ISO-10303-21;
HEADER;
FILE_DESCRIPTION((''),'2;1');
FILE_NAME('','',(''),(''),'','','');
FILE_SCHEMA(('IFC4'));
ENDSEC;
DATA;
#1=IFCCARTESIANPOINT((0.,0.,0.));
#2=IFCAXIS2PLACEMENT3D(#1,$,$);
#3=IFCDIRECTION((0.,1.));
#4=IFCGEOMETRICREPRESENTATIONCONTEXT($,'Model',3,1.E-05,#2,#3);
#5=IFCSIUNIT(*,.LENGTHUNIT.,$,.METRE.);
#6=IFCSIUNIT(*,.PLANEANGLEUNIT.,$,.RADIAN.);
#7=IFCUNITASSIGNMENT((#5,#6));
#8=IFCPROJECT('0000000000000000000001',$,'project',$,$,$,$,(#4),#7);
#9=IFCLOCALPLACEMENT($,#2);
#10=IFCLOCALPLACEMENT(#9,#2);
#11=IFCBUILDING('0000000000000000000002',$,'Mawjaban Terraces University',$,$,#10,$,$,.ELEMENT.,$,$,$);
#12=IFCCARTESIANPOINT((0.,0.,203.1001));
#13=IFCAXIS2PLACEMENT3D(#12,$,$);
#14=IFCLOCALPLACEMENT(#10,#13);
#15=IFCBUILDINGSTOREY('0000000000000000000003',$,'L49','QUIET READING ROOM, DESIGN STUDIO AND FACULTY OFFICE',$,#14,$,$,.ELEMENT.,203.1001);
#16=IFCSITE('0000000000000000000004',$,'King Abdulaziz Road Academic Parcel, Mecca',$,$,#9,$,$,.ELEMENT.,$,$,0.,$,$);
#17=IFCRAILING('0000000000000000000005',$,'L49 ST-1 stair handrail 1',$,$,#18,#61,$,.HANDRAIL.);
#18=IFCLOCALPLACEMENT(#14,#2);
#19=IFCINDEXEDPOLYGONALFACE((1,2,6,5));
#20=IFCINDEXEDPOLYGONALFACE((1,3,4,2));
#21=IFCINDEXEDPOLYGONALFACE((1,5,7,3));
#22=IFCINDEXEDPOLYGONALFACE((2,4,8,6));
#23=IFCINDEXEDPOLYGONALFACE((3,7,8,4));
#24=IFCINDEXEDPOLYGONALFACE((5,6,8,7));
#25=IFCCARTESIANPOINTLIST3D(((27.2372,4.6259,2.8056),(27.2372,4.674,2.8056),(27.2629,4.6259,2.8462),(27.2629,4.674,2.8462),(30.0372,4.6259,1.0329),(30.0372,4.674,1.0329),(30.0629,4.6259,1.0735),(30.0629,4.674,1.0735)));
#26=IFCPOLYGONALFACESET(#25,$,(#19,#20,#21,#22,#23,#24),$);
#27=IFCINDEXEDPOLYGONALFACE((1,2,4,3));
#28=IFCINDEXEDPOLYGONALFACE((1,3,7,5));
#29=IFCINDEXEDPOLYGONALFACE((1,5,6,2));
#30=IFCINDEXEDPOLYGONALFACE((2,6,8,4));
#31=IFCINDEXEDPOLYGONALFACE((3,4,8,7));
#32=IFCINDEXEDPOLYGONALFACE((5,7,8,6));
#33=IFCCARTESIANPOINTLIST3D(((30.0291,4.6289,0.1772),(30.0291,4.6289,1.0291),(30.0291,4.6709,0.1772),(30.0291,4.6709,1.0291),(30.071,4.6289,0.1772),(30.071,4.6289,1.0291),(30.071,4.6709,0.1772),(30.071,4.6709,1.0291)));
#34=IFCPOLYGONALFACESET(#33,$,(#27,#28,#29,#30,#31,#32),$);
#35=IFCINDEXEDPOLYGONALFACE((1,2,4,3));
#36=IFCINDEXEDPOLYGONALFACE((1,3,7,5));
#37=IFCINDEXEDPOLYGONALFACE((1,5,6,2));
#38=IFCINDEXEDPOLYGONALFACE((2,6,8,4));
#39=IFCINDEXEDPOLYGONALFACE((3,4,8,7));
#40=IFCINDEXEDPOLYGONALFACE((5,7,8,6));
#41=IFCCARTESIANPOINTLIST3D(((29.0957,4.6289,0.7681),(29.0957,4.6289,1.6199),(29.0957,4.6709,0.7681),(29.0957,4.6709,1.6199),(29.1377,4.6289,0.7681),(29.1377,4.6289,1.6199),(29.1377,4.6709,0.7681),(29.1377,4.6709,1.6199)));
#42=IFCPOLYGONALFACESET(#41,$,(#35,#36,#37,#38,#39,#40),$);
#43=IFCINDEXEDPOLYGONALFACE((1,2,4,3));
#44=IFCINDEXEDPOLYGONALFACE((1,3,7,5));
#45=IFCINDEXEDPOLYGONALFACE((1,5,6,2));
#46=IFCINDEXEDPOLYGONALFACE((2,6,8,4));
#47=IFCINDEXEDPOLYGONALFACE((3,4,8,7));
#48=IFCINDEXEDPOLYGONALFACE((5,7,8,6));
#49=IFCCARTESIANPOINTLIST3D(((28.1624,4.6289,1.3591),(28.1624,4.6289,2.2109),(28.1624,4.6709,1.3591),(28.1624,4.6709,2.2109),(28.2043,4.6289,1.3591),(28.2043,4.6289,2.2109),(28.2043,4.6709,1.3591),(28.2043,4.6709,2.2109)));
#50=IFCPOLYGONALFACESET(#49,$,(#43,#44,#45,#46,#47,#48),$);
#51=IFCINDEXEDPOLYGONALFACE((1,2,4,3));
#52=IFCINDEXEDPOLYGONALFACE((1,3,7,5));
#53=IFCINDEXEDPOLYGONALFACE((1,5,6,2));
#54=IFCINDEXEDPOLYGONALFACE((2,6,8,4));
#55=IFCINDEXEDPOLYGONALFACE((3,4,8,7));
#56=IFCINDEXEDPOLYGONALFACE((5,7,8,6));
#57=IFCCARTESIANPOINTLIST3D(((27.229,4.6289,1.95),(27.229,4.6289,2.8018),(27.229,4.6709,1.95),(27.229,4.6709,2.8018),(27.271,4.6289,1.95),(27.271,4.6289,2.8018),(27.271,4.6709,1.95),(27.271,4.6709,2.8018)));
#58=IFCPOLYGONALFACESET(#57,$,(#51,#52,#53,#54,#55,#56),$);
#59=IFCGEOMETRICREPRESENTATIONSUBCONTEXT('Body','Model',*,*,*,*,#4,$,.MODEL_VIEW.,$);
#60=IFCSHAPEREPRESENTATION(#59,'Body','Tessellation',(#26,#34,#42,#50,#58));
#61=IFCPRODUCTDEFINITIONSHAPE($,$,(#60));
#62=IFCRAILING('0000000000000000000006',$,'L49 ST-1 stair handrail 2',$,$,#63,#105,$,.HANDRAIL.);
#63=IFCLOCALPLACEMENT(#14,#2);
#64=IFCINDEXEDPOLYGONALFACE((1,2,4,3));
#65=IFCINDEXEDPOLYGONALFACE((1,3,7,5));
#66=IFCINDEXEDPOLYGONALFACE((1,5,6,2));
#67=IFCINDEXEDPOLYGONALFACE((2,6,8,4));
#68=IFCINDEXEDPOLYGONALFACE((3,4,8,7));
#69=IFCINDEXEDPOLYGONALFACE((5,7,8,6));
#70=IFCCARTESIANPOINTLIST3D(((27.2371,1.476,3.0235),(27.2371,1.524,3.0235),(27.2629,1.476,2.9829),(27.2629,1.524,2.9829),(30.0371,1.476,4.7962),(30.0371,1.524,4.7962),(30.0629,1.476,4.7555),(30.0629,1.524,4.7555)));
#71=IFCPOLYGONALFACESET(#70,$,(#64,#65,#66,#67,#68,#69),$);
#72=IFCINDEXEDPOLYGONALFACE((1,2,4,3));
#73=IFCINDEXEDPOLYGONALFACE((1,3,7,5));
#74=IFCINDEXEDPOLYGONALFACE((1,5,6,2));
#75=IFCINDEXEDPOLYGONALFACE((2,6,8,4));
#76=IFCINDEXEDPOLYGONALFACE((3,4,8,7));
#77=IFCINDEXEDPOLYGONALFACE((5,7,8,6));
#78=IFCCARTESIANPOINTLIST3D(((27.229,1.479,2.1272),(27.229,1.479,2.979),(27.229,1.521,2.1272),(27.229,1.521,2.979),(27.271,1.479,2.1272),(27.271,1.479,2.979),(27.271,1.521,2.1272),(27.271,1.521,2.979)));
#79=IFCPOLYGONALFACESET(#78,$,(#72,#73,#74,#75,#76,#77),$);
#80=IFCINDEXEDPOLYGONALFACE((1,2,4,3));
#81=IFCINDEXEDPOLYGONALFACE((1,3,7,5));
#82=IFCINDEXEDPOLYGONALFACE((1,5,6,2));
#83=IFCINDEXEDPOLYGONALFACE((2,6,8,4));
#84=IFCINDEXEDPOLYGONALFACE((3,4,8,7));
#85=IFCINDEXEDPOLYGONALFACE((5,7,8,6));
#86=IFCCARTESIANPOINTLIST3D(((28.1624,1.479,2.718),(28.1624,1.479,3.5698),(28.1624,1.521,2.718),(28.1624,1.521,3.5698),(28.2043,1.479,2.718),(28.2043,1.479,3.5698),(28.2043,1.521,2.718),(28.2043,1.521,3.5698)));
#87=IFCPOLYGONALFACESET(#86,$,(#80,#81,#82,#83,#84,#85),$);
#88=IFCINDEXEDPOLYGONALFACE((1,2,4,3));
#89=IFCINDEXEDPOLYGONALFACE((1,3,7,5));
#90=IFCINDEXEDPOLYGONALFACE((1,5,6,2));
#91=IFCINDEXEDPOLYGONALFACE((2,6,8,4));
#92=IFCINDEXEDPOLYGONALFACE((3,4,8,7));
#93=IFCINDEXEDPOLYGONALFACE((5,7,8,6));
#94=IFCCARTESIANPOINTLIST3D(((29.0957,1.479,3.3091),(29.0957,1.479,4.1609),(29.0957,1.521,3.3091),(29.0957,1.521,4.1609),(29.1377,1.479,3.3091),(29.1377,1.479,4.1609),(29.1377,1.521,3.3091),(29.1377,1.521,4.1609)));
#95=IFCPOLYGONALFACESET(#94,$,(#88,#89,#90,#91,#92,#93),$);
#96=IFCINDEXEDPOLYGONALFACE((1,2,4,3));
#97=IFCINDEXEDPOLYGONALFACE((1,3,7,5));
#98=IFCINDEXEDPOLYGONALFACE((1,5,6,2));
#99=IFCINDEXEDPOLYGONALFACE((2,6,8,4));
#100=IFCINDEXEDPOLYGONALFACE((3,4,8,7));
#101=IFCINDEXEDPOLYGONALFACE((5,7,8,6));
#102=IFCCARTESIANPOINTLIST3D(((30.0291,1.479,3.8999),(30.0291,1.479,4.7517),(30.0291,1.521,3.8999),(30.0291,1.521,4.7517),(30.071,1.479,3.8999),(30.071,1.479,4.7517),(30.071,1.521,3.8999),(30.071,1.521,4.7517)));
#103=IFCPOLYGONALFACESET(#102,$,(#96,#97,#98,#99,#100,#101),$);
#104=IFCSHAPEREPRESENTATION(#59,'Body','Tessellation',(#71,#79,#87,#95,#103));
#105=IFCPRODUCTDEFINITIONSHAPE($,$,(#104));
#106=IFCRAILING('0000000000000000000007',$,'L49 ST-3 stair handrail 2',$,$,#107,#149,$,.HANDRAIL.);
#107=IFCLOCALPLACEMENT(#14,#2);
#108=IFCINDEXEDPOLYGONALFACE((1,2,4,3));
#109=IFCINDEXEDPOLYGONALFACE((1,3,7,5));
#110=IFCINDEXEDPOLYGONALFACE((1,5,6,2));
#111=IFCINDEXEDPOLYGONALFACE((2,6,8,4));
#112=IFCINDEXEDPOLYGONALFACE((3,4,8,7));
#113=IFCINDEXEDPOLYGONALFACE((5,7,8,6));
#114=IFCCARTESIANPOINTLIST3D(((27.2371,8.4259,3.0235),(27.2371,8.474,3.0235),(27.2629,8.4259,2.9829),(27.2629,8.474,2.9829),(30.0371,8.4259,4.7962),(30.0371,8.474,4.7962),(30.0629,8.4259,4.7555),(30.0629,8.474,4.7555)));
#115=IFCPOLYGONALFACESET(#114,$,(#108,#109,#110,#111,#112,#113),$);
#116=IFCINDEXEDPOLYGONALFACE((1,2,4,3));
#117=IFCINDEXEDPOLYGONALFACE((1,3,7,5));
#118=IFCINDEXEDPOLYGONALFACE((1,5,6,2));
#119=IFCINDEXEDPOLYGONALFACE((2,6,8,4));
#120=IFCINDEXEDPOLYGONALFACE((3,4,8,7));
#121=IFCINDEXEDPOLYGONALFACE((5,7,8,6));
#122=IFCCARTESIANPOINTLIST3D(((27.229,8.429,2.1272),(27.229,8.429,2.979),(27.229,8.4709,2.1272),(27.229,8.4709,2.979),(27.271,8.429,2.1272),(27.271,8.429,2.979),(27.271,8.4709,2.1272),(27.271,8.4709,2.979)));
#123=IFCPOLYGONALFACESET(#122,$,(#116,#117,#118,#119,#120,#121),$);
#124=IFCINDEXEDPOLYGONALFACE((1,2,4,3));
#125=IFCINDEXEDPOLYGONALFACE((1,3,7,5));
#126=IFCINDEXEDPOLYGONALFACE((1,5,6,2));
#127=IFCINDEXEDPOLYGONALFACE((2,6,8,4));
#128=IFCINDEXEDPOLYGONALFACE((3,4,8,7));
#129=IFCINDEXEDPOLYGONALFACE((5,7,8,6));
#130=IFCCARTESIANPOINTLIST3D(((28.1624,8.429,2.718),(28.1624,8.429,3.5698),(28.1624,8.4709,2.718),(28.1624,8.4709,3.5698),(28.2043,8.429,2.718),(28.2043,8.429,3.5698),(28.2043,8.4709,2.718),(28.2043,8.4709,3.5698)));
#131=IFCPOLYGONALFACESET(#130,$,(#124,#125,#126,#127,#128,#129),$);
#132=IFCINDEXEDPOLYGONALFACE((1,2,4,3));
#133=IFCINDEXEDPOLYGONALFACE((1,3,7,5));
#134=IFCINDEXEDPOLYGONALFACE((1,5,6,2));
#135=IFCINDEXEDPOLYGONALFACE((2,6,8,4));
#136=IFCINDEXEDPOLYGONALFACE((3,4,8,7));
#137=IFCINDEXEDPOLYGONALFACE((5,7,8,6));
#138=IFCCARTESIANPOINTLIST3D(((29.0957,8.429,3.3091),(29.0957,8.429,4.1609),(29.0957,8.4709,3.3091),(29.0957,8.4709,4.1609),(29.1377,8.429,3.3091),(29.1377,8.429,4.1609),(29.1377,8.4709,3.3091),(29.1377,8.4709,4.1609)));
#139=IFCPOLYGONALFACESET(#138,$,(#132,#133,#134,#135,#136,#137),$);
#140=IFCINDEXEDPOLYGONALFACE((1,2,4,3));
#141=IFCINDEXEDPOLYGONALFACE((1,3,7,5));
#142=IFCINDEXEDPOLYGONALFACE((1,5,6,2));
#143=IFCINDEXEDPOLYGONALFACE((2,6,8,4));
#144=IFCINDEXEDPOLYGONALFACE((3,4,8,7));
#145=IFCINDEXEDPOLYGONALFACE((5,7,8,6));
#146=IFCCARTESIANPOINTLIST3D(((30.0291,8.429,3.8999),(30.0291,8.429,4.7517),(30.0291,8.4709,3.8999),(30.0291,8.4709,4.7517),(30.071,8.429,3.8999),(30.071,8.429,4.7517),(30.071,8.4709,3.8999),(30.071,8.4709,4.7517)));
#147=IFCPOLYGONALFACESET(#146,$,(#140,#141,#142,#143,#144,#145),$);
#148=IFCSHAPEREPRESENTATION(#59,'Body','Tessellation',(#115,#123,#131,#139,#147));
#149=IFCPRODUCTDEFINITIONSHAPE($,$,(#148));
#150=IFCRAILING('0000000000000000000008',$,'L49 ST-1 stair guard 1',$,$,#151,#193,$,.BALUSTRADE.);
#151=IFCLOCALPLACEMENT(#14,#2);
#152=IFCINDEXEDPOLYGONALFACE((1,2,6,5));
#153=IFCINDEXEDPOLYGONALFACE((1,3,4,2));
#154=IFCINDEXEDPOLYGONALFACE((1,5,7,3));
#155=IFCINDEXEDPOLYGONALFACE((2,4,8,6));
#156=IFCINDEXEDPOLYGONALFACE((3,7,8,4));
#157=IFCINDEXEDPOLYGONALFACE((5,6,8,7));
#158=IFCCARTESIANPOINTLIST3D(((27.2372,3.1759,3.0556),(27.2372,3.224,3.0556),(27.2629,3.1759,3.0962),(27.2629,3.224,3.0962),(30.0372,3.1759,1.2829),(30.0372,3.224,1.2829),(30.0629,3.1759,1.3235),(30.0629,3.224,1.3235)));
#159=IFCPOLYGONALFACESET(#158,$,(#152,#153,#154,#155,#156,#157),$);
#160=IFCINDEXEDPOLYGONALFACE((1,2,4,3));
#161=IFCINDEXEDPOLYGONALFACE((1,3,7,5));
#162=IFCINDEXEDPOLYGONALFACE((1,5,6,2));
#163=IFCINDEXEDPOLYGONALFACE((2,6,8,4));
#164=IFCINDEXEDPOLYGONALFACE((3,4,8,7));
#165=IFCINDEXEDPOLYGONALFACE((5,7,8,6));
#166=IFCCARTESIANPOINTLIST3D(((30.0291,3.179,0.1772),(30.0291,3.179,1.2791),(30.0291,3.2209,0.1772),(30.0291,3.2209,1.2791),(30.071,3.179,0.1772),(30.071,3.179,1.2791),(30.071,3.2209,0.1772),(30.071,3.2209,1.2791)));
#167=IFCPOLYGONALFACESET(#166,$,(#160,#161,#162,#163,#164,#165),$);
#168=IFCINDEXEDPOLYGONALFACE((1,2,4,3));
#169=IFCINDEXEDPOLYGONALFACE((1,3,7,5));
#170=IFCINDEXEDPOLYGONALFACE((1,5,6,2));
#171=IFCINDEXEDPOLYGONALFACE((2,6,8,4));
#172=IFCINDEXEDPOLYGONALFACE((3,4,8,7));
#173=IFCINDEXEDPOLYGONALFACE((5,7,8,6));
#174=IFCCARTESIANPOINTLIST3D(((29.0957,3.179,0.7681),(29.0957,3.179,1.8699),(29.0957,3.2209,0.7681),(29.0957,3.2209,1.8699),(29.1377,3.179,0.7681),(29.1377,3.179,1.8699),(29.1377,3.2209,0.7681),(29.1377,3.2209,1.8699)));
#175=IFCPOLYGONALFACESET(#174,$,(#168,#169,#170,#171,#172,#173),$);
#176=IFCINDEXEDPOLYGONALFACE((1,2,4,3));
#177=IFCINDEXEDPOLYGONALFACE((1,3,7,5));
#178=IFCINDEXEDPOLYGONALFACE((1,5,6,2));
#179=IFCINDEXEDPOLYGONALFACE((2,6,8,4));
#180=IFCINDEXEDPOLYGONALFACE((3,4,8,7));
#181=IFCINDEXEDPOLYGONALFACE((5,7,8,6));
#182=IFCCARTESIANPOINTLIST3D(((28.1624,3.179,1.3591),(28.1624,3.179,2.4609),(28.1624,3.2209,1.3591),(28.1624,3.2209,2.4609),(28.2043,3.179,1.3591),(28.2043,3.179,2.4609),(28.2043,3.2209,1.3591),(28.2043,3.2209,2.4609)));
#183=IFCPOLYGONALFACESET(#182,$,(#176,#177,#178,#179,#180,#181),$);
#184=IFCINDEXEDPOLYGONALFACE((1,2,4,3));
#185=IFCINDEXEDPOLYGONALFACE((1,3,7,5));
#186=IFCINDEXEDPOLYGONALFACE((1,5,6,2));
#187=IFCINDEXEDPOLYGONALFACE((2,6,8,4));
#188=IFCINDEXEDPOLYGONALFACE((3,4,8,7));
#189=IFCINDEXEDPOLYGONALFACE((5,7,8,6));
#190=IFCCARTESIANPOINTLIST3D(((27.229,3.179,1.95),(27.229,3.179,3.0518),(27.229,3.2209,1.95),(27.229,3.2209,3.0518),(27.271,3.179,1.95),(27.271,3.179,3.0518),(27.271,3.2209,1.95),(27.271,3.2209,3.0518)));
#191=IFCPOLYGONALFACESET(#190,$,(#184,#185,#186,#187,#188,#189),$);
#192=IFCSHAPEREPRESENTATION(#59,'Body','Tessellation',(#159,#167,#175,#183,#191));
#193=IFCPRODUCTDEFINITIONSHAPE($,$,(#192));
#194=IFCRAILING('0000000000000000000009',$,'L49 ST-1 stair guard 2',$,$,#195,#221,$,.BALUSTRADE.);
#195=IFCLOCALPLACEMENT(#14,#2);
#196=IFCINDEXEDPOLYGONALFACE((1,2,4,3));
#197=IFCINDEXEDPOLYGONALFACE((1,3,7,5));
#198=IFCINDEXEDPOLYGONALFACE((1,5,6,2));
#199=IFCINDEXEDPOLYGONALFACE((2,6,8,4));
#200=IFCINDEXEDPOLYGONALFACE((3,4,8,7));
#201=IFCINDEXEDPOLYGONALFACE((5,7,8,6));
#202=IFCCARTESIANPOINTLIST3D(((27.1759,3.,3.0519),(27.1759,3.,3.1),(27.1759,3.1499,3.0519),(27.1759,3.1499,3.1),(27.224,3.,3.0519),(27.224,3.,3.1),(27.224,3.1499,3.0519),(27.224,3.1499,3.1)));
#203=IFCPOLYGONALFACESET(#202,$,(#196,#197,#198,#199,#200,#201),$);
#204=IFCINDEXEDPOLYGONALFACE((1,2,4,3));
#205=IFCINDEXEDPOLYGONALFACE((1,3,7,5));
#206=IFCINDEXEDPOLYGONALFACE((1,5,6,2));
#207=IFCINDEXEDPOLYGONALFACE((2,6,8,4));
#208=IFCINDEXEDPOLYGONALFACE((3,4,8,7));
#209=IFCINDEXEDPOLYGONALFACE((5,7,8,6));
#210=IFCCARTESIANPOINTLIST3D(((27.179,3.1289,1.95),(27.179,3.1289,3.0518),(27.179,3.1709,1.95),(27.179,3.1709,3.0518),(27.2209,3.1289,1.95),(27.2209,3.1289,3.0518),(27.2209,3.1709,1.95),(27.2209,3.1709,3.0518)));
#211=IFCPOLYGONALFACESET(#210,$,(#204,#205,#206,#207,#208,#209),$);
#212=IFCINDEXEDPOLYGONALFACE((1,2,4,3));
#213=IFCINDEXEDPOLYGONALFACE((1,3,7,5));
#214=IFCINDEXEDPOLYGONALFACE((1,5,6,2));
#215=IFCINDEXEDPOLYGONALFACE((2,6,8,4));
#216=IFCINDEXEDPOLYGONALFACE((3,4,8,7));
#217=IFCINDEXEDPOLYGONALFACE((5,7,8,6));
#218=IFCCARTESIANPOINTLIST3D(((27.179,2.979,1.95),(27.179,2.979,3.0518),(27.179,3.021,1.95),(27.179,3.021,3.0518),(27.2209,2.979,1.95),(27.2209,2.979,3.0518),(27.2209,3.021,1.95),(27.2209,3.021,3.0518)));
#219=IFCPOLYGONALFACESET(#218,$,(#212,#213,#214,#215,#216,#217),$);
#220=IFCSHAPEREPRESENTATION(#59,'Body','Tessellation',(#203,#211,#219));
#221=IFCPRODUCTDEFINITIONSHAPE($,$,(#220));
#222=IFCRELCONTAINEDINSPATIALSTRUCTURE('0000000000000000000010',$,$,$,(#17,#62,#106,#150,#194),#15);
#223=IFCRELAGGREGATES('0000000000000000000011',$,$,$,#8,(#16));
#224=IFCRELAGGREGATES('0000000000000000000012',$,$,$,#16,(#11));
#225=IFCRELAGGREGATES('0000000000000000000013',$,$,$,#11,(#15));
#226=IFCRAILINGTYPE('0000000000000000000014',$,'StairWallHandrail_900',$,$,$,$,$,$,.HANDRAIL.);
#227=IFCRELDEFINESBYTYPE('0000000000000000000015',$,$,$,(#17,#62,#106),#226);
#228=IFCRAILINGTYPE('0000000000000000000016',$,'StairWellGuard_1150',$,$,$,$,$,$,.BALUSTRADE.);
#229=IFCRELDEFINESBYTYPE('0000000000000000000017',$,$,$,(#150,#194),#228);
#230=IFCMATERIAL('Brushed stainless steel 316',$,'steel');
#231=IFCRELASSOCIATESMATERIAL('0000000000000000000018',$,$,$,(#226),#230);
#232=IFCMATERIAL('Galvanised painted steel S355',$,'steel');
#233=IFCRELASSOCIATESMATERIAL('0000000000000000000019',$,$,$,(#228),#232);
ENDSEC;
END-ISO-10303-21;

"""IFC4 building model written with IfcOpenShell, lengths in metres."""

from ifc_helpers import new_model, si_unit, direction, frame, origin, origin_2d, place, context, subcontext, project, spatial, rectangle, extrude, material, type_object, element, save


model = new_model("IFC4")

# Units and contexts
model_context = context("Model", 3, precision=1e-05, world=origin(), true_north=direction((0.0, 1.0)))
body_context = subcontext(model_context, "Body", "Model", "MODEL_VIEW")
ifc_project = project(units=[si_unit("LENGTHUNIT", "METRE"), si_unit("PLANEANGLEUNIT", "RADIAN")], contexts=[model_context])

# Site, building, storey
site_placement = place(None, origin())
site = spatial("IfcSite", under=ifc_project, at=site_placement, Name="King Abdulaziz Road Academic Parcel, Mecca", CompositionType="ELEMENT", RefElevation=0.0)
building_placement = place(site_placement, origin())
building = spatial("IfcBuilding", under=site, at=building_placement, Name="Mawjaban Terraces University", CompositionType="ELEMENT")
storey_placement = place(building_placement, frame((0.0, 0.0, 203.1001)))
storey = spatial("IfcBuildingStorey", under=building, at=storey_placement, Name="L49", Description="QUIET READING ROOM, DESIGN STUDIO AND FACULTY OFFICE", CompositionType="ELEMENT", Elevation=203.1001)

# Railings
ifc_material_1 = material(Name="Brushed stainless steel 316", Category="steel")
railing_type_1 = type_object("IfcRailingType", Name="StairWallHandrail_900", PredefinedType="HANDRAIL", material=ifc_material_1)
railing_1_placement = place(storey_placement, frame((30.05, 4.6499, 0.1772)))
element("IfcRailing", 1, at=railing_1_placement, inside=storey, type_object=railing_type_1, Name="L49 ST-1 stair handrail 1", PredefinedType="HANDRAIL", context=body_context, shape_type="SweptSolid", body=[
    extrude(rectangle(XDim=0.0481, YDim=0.0481, at=origin_2d()), frame((0.0, 0.0, 0.876), z_axis=(-0.844909, 0.0, 0.53491), x_axis=(0.0, -1.0, 0.0)), (0.0, 0.0, 1.0), 3.314),
    extrude(rectangle(XDim=0.042, YDim=0.042, at=origin_2d()), origin(), (0.0, 0.0, 1.0), 0.8518),
    extrude(rectangle(XDim=0.042, YDim=0.042, at=origin_2d()), frame((-0.9333, 0.0, 0.5908)), (0.0, 0.0, 1.0), 0.8518),
    extrude(rectangle(XDim=0.042, YDim=0.042, at=origin_2d()), frame((-1.8667, 0.0, 1.1819)), (0.0, 0.0, 1.0), 0.8518),
    extrude(rectangle(XDim=0.042, YDim=0.042, at=origin_2d()), frame((-2.8, 0.0, 1.7727)), (0.0, 0.0, 1.0), 0.8518),
])
for number, where, name in (
    (2, (27.25, 1.5, 2.1272), "L49 ST-1 stair handrail 2"),
    (3, (27.25, 8.45, 2.1272), "L49 ST-3 stair handrail 2"),
):
    element("IfcRailing", number, at=place(storey_placement, frame(where)), inside=storey, type_object=railing_type_1, Name=name, PredefinedType="HANDRAIL", context=body_context, shape_type="SweptSolid", body=[
        extrude(rectangle(XDim=0.0481, YDim=0.0481, at=origin_2d()), frame((0.0, 0.0, 0.876), z_axis=(0.844909, 0.0, 0.53491), x_axis=(0.0, 1.0, 0.0)), (0.0, 0.0, 1.0), 3.314),
        extrude(rectangle(XDim=0.042, YDim=0.042, at=origin_2d()), origin(), (0.0, 0.0, 1.0), 0.8518),
        extrude(rectangle(XDim=0.042, YDim=0.042, at=origin_2d()), frame((0.9333, 0.0, 0.5908)), (0.0, 0.0, 1.0), 0.8518),
        extrude(rectangle(XDim=0.042, YDim=0.042, at=origin_2d()), frame((1.8667, 0.0, 1.1819)), (0.0, 0.0, 1.0), 0.8518),
        extrude(rectangle(XDim=0.042, YDim=0.042, at=origin_2d()), frame((2.8, 0.0, 1.7727)), (0.0, 0.0, 1.0), 0.8518),
    ])
ifc_material_2 = material(Name="Galvanised painted steel S355", Category="steel")
railing_type_2 = type_object("IfcRailingType", Name="StairWellGuard_1150", PredefinedType="BALUSTRADE", material=ifc_material_2)
railing_2_placement = place(storey_placement, frame((30.05, 3.2, 0.1772)))
element("IfcRailing", 4, at=railing_2_placement, inside=storey, type_object=railing_type_2, Name="L49 ST-1 stair guard 1", PredefinedType="BALUSTRADE", context=body_context, shape_type="SweptSolid", body=[
    extrude(rectangle(XDim=0.0481, YDim=0.0481, at=origin_2d()), frame((0.0, 0.0, 1.126), z_axis=(-0.844909, 0.0, 0.53491), x_axis=(0.0, -1.0, 0.0)), (0.0, 0.0, 1.0), 3.314),
    extrude(rectangle(XDim=0.042, YDim=0.042, at=origin_2d()), origin(), (0.0, 0.0, 1.0), 1.1018),
    extrude(rectangle(XDim=0.042, YDim=0.042, at=origin_2d()), frame((-0.9333, 0.0, 0.5908)), (0.0, 0.0, 1.0), 1.1018),
    extrude(rectangle(XDim=0.042, YDim=0.042, at=origin_2d()), frame((-1.8667, 0.0, 1.1819)), (0.0, 0.0, 1.0), 1.1018),
    extrude(rectangle(XDim=0.042, YDim=0.042, at=origin_2d()), frame((-2.8, 0.0, 1.7727)), (0.0, 0.0, 1.0), 1.1018),
])
railing_3_placement = place(storey_placement, frame((27.2, 3.1499, 1.95)))
element("IfcRailing", 5, at=railing_3_placement, inside=storey, type_object=railing_type_2, Name="L49 ST-1 stair guard 2", PredefinedType="BALUSTRADE", context=body_context, shape_type="SweptSolid", body=[
    extrude(rectangle(XDim=0.0481, YDim=0.0481, at=origin_2d()), frame((0.0, 0.0, 1.126), z_axis=(0.0, -1.0, 0.0), x_axis=(1.0, 0.0, 0.0)), (0.0, 0.0, 1.0), 0.1499),
    extrude(rectangle(XDim=0.042, YDim=0.042, at=origin_2d()), origin(), (0.0, 0.0, 1.0), 1.1018),
    extrude(rectangle(XDim=0.042, YDim=0.042, at=origin_2d()), frame((0.0, -0.1499, 0.0)), (0.0, 0.0, 1.0), 1.1018),
])

save(model, "model.ifc")
